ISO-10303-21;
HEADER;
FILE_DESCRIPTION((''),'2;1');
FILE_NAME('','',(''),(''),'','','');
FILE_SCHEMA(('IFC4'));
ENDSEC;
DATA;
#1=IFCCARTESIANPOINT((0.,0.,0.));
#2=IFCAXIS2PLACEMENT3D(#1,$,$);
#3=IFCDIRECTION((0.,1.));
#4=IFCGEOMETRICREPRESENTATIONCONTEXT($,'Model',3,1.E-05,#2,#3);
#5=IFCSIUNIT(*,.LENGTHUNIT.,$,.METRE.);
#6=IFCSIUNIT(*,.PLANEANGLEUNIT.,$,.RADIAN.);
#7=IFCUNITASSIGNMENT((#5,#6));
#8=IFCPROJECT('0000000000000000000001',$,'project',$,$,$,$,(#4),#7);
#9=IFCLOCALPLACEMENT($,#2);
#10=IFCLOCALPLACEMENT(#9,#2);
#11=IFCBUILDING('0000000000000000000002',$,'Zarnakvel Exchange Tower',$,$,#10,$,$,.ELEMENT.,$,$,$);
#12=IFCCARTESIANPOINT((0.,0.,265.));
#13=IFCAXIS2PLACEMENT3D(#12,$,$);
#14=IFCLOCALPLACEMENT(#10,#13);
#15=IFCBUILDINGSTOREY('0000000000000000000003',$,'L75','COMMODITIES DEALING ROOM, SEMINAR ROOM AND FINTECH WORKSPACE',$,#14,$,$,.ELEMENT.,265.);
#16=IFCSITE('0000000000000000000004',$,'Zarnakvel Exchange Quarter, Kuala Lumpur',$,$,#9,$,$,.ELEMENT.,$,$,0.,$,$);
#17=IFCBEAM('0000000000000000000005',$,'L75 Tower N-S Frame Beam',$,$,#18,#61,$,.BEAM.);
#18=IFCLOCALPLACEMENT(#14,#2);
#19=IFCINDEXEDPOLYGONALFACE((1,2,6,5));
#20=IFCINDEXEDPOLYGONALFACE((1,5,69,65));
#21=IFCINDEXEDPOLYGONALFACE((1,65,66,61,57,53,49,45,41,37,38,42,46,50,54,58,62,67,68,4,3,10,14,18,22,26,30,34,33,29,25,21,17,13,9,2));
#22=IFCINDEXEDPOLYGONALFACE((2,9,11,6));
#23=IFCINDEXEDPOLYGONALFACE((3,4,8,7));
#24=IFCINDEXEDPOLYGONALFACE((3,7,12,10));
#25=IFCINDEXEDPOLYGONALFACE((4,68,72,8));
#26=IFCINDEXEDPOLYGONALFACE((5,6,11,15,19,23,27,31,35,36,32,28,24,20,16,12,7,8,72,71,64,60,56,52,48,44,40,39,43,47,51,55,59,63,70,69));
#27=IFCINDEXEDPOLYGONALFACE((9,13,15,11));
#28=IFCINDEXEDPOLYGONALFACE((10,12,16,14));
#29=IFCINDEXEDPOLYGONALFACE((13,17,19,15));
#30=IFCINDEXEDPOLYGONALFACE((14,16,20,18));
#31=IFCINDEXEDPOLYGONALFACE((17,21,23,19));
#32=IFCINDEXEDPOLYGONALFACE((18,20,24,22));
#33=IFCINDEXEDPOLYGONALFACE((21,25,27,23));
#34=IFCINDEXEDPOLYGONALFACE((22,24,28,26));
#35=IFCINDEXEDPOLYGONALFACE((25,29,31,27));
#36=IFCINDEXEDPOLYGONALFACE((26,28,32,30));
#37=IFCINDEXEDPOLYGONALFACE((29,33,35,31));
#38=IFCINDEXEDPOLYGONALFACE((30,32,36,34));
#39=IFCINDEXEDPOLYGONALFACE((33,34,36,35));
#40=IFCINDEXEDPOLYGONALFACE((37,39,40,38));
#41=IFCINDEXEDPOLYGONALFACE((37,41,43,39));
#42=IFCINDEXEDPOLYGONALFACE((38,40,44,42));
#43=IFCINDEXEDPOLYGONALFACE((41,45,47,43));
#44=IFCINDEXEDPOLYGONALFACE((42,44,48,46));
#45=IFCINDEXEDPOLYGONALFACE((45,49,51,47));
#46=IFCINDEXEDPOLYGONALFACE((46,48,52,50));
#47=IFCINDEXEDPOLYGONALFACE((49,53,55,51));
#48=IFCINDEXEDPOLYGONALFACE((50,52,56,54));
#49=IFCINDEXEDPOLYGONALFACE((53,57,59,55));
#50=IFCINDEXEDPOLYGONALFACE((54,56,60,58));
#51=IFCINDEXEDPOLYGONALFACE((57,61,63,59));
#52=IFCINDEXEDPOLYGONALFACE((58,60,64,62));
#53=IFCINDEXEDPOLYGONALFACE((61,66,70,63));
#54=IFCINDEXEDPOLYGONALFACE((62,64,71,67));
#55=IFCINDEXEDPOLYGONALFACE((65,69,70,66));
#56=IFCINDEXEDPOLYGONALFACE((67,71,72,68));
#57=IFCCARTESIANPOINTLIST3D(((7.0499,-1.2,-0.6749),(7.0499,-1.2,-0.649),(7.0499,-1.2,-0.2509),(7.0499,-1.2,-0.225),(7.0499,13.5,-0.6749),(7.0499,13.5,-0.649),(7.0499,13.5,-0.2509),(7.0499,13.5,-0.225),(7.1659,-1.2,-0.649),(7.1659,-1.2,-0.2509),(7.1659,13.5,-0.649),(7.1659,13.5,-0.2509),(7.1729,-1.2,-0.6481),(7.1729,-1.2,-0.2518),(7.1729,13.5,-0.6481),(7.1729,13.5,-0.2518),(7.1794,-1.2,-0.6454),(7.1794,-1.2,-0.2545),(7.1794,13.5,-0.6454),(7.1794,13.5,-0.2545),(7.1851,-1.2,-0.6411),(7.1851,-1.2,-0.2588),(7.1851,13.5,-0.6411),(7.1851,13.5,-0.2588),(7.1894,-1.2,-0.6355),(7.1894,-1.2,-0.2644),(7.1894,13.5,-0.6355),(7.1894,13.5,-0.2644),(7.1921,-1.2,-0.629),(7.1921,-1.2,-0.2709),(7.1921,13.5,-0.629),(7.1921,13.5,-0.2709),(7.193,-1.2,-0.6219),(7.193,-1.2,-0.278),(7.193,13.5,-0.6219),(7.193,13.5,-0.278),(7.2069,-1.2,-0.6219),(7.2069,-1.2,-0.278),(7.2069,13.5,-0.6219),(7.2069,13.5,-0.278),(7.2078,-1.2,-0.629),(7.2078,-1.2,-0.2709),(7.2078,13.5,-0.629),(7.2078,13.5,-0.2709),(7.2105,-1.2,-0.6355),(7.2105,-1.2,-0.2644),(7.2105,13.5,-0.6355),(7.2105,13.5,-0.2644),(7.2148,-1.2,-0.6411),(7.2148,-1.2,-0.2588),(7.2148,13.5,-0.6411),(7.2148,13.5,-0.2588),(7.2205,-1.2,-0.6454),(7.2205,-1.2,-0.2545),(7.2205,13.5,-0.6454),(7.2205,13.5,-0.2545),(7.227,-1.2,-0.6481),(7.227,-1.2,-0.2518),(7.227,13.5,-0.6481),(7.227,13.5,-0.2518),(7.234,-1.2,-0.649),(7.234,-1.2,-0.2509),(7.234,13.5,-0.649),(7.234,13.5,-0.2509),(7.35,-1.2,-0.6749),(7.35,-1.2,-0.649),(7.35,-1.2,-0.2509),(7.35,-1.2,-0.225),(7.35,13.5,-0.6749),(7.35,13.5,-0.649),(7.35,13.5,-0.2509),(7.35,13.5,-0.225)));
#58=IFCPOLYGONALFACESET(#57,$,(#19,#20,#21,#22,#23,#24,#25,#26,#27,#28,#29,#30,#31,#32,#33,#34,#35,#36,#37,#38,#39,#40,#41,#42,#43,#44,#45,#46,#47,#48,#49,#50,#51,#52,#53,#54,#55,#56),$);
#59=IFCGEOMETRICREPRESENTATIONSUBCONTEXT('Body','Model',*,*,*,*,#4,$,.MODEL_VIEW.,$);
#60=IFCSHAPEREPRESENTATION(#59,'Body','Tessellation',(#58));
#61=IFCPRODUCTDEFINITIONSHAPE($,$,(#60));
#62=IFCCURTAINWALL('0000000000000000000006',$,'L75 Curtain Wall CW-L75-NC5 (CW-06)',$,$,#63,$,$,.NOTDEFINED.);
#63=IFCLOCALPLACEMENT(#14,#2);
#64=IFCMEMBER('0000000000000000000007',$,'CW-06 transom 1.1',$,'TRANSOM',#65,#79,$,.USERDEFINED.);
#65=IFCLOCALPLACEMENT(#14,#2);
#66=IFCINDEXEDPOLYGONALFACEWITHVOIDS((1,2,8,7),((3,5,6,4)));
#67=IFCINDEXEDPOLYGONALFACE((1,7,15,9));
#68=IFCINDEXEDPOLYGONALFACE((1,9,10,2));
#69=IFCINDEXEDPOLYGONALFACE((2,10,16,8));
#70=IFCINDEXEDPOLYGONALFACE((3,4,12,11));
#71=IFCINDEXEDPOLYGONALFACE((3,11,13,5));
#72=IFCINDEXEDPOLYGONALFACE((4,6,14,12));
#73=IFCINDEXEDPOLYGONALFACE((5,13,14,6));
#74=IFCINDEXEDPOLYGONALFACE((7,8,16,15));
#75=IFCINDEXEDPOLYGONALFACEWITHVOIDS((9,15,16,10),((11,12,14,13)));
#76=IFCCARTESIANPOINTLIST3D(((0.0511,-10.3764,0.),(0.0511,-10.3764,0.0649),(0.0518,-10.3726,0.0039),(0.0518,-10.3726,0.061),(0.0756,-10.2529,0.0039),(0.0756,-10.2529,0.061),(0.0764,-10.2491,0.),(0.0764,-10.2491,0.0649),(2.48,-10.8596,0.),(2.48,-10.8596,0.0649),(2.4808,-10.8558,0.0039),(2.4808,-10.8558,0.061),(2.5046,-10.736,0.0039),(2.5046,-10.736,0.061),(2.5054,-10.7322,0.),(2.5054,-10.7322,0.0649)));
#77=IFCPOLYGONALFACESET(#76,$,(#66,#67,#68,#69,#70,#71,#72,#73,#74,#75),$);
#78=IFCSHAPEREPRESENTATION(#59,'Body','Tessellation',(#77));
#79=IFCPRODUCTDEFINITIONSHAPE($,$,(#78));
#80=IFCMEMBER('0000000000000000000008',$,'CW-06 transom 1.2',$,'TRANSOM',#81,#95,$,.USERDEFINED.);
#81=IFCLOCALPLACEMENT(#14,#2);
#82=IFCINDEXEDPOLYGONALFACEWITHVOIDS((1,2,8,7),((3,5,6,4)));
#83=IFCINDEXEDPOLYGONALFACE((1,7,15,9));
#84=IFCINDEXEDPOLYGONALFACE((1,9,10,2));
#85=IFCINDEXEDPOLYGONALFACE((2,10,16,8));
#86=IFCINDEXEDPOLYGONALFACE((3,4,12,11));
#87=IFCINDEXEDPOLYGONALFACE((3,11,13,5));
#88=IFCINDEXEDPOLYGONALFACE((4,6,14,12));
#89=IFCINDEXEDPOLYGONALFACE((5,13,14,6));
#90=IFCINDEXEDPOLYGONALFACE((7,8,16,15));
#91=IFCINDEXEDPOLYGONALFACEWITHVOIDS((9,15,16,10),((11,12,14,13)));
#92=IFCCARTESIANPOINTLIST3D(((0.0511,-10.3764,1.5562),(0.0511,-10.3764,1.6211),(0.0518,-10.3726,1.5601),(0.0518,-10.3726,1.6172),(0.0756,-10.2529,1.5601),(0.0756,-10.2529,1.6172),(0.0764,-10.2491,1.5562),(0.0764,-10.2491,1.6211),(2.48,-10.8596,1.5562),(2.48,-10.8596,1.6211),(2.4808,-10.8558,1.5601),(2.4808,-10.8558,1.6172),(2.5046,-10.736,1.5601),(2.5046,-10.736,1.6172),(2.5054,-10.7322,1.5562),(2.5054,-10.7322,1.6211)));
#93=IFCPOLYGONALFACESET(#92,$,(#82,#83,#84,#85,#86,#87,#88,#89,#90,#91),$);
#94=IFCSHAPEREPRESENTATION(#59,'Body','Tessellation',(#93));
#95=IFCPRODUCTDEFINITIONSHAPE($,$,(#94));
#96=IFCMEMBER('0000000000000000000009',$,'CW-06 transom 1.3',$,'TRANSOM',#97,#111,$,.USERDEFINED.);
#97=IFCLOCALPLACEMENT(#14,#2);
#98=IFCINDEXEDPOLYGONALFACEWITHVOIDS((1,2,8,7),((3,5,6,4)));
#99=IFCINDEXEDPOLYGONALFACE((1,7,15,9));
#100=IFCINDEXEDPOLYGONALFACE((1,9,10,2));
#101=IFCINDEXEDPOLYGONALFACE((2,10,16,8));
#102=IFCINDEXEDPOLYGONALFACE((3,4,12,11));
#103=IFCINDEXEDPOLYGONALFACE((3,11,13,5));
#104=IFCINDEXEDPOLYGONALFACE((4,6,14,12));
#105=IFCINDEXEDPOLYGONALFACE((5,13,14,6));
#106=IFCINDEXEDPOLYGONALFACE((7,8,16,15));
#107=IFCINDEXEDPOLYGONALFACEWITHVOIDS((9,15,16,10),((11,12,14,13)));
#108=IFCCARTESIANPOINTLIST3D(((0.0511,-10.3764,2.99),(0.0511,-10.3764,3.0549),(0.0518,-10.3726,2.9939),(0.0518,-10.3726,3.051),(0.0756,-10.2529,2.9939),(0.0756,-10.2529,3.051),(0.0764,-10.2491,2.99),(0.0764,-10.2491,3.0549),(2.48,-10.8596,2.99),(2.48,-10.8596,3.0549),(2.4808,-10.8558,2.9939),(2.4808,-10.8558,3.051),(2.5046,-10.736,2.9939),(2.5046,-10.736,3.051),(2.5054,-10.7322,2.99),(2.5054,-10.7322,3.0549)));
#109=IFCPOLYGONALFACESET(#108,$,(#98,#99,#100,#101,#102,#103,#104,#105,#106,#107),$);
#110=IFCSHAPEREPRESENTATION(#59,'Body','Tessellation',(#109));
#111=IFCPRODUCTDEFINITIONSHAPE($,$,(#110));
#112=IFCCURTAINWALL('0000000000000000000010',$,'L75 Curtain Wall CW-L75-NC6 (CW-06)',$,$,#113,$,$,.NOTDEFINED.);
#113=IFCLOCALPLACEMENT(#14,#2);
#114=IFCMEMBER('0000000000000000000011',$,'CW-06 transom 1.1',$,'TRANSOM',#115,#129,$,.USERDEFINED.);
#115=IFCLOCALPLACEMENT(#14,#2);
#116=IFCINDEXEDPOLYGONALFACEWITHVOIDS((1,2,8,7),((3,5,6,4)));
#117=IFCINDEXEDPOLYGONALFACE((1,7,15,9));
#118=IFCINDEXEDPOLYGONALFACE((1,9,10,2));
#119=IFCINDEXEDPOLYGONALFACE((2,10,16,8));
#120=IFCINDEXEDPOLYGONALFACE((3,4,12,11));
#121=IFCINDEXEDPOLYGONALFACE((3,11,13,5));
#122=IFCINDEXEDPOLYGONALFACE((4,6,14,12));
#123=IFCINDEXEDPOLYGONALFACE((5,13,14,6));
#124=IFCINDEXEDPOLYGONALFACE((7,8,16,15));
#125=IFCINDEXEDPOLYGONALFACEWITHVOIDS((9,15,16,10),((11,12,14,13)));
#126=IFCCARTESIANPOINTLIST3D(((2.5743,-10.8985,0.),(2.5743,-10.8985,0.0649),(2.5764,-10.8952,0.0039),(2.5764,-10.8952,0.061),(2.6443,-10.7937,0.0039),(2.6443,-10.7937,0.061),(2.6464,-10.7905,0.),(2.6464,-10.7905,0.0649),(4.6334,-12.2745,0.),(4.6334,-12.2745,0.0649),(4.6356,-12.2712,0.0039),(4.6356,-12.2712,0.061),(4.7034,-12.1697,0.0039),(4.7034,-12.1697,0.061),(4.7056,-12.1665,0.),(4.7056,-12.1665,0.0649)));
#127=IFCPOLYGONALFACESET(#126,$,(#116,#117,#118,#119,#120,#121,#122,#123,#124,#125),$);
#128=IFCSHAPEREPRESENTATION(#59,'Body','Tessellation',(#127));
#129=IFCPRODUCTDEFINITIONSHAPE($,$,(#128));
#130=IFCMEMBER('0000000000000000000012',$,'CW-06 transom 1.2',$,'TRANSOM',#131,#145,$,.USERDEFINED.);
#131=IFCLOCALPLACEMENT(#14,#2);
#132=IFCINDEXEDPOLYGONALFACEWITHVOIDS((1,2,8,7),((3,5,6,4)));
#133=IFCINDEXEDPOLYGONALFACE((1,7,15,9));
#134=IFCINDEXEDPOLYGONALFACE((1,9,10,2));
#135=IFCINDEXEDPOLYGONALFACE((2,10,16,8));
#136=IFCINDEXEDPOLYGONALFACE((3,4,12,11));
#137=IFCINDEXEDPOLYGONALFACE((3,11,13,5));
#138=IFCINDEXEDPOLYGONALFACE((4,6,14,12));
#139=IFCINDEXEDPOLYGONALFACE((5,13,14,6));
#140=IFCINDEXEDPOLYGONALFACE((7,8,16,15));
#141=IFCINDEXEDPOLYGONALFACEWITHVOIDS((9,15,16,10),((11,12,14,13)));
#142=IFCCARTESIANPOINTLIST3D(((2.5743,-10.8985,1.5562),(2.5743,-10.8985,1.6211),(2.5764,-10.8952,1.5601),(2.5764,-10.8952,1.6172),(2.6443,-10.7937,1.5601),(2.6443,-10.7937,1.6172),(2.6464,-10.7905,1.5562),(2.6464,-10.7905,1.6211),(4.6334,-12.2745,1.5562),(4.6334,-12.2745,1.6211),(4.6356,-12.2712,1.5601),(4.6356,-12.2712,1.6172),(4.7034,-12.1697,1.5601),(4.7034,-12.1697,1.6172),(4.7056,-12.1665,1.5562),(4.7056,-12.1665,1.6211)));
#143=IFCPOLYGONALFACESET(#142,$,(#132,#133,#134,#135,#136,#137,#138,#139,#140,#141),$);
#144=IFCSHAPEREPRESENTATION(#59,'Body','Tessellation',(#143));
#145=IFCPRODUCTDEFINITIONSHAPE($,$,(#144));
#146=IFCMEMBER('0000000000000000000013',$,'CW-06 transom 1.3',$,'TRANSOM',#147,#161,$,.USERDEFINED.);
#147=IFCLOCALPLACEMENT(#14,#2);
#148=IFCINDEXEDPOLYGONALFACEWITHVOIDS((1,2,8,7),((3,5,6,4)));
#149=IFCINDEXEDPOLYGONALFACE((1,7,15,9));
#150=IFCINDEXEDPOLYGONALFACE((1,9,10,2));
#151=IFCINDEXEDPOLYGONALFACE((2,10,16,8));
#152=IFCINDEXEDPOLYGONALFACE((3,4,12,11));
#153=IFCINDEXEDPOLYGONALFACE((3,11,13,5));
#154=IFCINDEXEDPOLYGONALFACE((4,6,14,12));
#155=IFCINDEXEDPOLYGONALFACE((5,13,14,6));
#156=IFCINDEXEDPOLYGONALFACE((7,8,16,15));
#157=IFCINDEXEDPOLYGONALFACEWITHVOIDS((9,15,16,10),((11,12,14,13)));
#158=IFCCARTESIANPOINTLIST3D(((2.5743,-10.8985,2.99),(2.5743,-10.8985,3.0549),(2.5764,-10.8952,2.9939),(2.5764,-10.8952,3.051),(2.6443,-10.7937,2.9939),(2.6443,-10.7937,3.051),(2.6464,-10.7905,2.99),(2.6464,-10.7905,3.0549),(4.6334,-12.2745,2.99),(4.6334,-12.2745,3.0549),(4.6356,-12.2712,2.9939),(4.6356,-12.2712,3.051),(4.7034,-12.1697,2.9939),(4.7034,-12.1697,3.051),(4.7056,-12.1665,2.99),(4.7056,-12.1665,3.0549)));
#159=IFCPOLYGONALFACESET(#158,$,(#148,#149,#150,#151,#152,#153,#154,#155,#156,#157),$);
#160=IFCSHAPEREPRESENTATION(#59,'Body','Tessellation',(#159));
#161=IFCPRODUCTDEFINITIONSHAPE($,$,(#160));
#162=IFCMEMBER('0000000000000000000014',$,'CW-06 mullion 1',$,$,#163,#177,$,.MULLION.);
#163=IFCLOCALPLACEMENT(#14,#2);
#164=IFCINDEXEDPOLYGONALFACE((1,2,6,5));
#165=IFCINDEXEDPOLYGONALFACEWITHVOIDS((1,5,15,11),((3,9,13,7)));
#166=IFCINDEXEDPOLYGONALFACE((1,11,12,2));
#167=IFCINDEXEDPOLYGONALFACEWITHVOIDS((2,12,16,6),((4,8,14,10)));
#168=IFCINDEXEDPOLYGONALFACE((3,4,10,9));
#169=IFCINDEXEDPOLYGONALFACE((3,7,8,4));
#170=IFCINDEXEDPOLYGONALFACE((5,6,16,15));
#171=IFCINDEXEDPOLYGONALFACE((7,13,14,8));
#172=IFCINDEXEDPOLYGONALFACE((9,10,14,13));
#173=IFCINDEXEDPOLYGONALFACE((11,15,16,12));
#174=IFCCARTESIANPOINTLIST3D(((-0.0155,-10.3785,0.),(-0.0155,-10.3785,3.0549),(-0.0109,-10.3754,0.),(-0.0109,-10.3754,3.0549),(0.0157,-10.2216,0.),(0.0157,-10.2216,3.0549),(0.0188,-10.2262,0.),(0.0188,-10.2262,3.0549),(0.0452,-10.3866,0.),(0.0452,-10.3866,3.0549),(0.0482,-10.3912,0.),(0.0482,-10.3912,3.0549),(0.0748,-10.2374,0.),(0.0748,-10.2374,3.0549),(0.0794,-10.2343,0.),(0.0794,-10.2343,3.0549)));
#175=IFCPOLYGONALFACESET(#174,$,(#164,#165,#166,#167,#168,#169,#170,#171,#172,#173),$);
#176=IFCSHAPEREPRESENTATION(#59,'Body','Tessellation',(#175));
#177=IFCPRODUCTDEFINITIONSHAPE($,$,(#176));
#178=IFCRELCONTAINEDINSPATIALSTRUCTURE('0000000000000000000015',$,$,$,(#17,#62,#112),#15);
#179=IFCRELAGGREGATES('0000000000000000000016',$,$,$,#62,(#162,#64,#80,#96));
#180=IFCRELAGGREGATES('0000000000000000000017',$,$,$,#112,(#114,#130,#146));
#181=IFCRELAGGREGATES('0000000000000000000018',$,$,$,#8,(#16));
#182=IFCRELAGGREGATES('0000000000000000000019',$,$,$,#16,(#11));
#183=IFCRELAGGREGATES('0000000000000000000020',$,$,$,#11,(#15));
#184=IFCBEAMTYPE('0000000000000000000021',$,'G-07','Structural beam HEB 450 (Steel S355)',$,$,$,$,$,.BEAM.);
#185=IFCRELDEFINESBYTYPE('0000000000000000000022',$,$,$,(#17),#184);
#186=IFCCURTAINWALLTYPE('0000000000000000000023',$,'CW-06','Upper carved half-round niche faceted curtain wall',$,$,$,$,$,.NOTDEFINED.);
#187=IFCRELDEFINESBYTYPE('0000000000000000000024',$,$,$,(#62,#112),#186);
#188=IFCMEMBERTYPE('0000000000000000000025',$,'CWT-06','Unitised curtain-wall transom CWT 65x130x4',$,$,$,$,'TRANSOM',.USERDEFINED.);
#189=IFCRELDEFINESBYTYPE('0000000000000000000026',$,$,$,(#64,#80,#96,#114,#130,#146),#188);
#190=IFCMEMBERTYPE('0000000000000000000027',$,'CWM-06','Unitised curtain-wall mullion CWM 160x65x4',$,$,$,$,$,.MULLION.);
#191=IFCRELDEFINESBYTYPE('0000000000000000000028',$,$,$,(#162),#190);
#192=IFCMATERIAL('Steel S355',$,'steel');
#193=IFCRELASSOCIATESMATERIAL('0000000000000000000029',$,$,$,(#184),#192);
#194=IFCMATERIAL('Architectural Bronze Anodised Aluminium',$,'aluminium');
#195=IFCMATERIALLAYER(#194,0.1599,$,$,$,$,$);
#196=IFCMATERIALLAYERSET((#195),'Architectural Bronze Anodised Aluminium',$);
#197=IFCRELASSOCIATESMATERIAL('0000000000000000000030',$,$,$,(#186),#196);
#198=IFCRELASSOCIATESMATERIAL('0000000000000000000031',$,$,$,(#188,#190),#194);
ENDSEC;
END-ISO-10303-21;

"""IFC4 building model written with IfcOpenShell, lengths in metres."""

from ifc_helpers import new_model, si_unit, direction, frame, origin, origin_2d, place, context, subcontext, project, spatial, hollow_rectangle, i_section, extrude, source, transform, mapped, material, layer, layer_set, material_profile, profile_set, type_object, element, aggregate, save


model = new_model("IFC4")

# Units and contexts
model_context = context("Model", 3, precision=1e-05, world=origin(), true_north=direction((0.0, 1.0)))
body_context = subcontext(model_context, "Body", "Model", "MODEL_VIEW")
ifc_project = project(units=[si_unit("LENGTHUNIT", "METRE"), si_unit("PLANEANGLEUNIT", "RADIAN")], contexts=[model_context])

# Site, building, storey
site_placement = place(None, origin())
site = spatial("IfcSite", under=ifc_project, at=site_placement, Name="Zarnakvel Exchange Quarter, Kuala Lumpur", CompositionType="ELEMENT", RefElevation=0.0)
building_placement = place(site_placement, origin())
building = spatial("IfcBuilding", under=site, at=building_placement, Name="Zarnakvel Exchange Tower", CompositionType="ELEMENT")
storey_placement = place(building_placement, frame((0.0, 0.0, 265.0)))
storey = spatial("IfcBuildingStorey", under=building, at=storey_placement, Name="L75", Description="COMMODITIES DEALING ROOM, SEMINAR ROOM AND FINTECH WORKSPACE", CompositionType="ELEMENT", Elevation=265.0)

# Beam
ifc_material_1 = material(Name="Steel S355", Category="steel")
ifc_material_profile_1 = material_profile(ifc_material_1, i_section(OverallWidth=0.3, OverallDepth=0.45, WebThickness=0.0139, FlangeThickness=0.0259, FilletRadius=0.0271, at=origin_2d()))
ifc_profile_set_1 = profile_set([ifc_material_profile_1], Name="Steel S355")
beam_type_1 = type_object("IfcBeamType", Name="G-07", Description="Structural beam HEB 450 (Steel S355)", PredefinedType="BEAM", material=ifc_profile_set_1)
beam_1_placement = place(storey_placement, frame((7.2, -1.2, -0.45), z_axis=(0.0, 1.0, 0.0), x_axis=(-1.0, 0.0, 0.0)))
element("IfcBeam", 1, at=beam_1_placement, inside=storey, type_object=beam_type_1, Name="L75 Tower N-S Frame Beam", PredefinedType="BEAM", context=body_context, shape_type="SweptSolid", body=[
    extrude(i_section(OverallWidth=0.3, OverallDepth=0.45, WebThickness=0.0139, FlangeThickness=0.0259, FilletRadius=0.0271, at=origin_2d()), origin(), (0.0, 0.0, 1.0), 14.7),
])

# Curtain walls, members
ifc_material_2 = material(Name="Architectural Bronze Anodised Aluminium", Category="aluminium")
ifc_layer_1 = layer(ifc_material_2, 0.1599)
ifc_layer_set_1 = layer_set([ifc_layer_1], Name="Architectural Bronze Anodised Aluminium")
curtain_wall_type = type_object("IfcCurtainWallType", Name="CW-06", Description="Upper carved half-round niche faceted curtain wall", PredefinedType="NOTDEFINED", material=ifc_layer_set_1)
curtain_wall_1_placement = place(storey_placement, origin())
curtain_wall_1 = element("IfcCurtainWall", 2, at=curtain_wall_1_placement, inside=storey, type_object=curtain_wall_type, Name="L75 Curtain Wall CW-L75-NC5 (CW-06)", PredefinedType="NOTDEFINED")
ifc_material_profile_2 = material_profile(ifc_material_2, hollow_rectangle(XDim=0.1299, YDim=0.0649, WallThickness=0.0039, at=origin_2d()))
ifc_profile_set_2 = profile_set([ifc_material_profile_2], Name="Architectural Bronze Anodised Aluminium")
member_type_1 = type_object("IfcMemberType", Name="CWT-06", Description="Unitised curtain-wall transom CWT 65x130x4", ElementType="TRANSOM", PredefinedType="USERDEFINED", material=ifc_profile_set_2)
shared_shape_1 = source(origin(), body_context, "Body", "SweptSolid", [
    extrude(hollow_rectangle(XDim=0.1299, YDim=0.0649, WallThickness=0.0039, at=origin_2d()), origin(), (0.0, 0.0, 1.0), 2.4766),
])
member_1_placement = place(storey_placement, frame((0.0637, -10.3127, 0.0325), z_axis=(0.980785, -0.195092, 0.0), x_axis=(0.195092, 0.980785, 0.0)))
member_1 = element("IfcMember", 3, at=member_1_placement, type_object=member_type_1, Name="CW-06 transom 1.1", ObjectType="TRANSOM", PredefinedType="USERDEFINED", context=body_context, shape_type="MappedRepresentation", body=[
    mapped(shared_shape_1, transform((0.0, 0.0, 0.0), x_axis=(1.0, 0.0, 0.0), y_axis=(0.0, 1.0, 0.0), z_axis=(0.0, 0.0, 1.0), scale=1.0)),
])
member_2_placement = place(storey_placement, frame((0.0637, -10.3127, 1.5886), z_axis=(0.980785, -0.195092, 0.0), x_axis=(0.195092, 0.980785, 0.0)))
member_2 = element("IfcMember", 4, at=member_2_placement, type_object=member_type_1, Name="CW-06 transom 1.2", ObjectType="TRANSOM", PredefinedType="USERDEFINED", context=body_context, shape_type="MappedRepresentation", body=[
    mapped(shared_shape_1, transform((0.0, 0.0, 0.0), x_axis=(1.0, 0.0, 0.0), y_axis=(0.0, 1.0, 0.0), z_axis=(0.0, 0.0, 1.0), scale=1.0)),
])
member_3_placement = place(storey_placement, frame((0.0637, -10.3127, 3.0225), z_axis=(0.980785, -0.195092, 0.0), x_axis=(0.195092, 0.980785, 0.0)))
member_3 = element("IfcMember", 5, at=member_3_placement, type_object=member_type_1, Name="CW-06 transom 1.3", ObjectType="TRANSOM", PredefinedType="USERDEFINED", context=body_context, shape_type="MappedRepresentation", body=[
    mapped(shared_shape_1, transform((0.0, 0.0, 0.0), x_axis=(1.0, 0.0, 0.0), y_axis=(0.0, 1.0, 0.0), z_axis=(0.0, 0.0, 1.0), scale=1.0)),
])
curtain_wall_2_placement = place(storey_placement, origin())
curtain_wall_2 = element("IfcCurtainWall", 6, at=curtain_wall_2_placement, inside=storey, type_object=curtain_wall_type, Name="L75 Curtain Wall CW-L75-NC6 (CW-06)", PredefinedType="NOTDEFINED")
member_4_placement = place(storey_placement, frame((2.6104, -10.8445, 0.0325), z_axis=(0.831443, -0.55561, 0.0), x_axis=(0.55561, 0.831443, 0.0)))
member_4 = element("IfcMember", 7, at=member_4_placement, type_object=member_type_1, Name="CW-06 transom 1.1", ObjectType="TRANSOM", PredefinedType="USERDEFINED", context=body_context, shape_type="MappedRepresentation", body=[
    mapped(shared_shape_1, transform((0.0, 0.0, 0.0), x_axis=(1.0, 0.0, 0.0), y_axis=(0.0, 1.0, 0.0), z_axis=(0.0, 0.0, 1.0), scale=1.0)),
])
member_5_placement = place(storey_placement, frame((2.6104, -10.8445, 1.5886), z_axis=(0.831443, -0.55561, 0.0), x_axis=(0.55561, 0.831443, 0.0)))
member_5 = element("IfcMember", 8, at=member_5_placement, type_object=member_type_1, Name="CW-06 transom 1.2", ObjectType="TRANSOM", PredefinedType="USERDEFINED", context=body_context, shape_type="MappedRepresentation", body=[
    mapped(shared_shape_1, transform((0.0, 0.0, 0.0), x_axis=(1.0, 0.0, 0.0), y_axis=(0.0, 1.0, 0.0), z_axis=(0.0, 0.0, 1.0), scale=1.0)),
])
member_6_placement = place(storey_placement, frame((2.6104, -10.8445, 3.0225), z_axis=(0.831443, -0.55561, 0.0), x_axis=(0.55561, 0.831443, 0.0)))
member_6 = element("IfcMember", 9, at=member_6_placement, type_object=member_type_1, Name="CW-06 transom 1.3", ObjectType="TRANSOM", PredefinedType="USERDEFINED", context=body_context, shape_type="MappedRepresentation", body=[
    mapped(shared_shape_1, transform((0.0, 0.0, 0.0), x_axis=(1.0, 0.0, 0.0), y_axis=(0.0, 1.0, 0.0), z_axis=(0.0, 0.0, 1.0), scale=1.0)),
])

# Member
ifc_material_profile_3 = material_profile(ifc_material_2, hollow_rectangle(XDim=0.1599, YDim=0.0649, WallThickness=0.0039, at=origin_2d()))
ifc_profile_set_3 = profile_set([ifc_material_profile_3], Name="Architectural Bronze Anodised Aluminium")
member_type_2 = type_object("IfcMemberType", Name="CWM-06", Description="Unitised curtain-wall mullion CWM 160x65x4", PredefinedType="MULLION", material=ifc_profile_set_3)
shared_shape_2 = source(origin(), body_context, "Body", "SweptSolid", [
    extrude(hollow_rectangle(XDim=0.1599, YDim=0.0649, WallThickness=0.0039, at=origin_2d()), origin(), (0.0, 0.0, 1.0), 3.0549),
])
member_7_placement = place(storey_placement, frame((0.032, -10.3064, 0.0), z_axis=(0.0, 0.0, 1.0), x_axis=(0.19509, 0.980785, 0.0)))
member_7 = element("IfcMember", 10, at=member_7_placement, type_object=member_type_2, Name="CW-06 mullion 1", PredefinedType="MULLION", context=body_context, shape_type="MappedRepresentation", body=[
    mapped(shared_shape_2, transform((0.0, 0.0, 0.0), x_axis=(1.0, 0.0, 0.0), y_axis=(0.0, 1.0, 0.0), z_axis=(0.0, 0.0, 1.0), scale=1.0)),
])

aggregate(curtain_wall_1, [member_7, member_1, member_2, member_3])
aggregate(curtain_wall_2, [member_4, member_5, member_6])

save(model, "model.ifc")
